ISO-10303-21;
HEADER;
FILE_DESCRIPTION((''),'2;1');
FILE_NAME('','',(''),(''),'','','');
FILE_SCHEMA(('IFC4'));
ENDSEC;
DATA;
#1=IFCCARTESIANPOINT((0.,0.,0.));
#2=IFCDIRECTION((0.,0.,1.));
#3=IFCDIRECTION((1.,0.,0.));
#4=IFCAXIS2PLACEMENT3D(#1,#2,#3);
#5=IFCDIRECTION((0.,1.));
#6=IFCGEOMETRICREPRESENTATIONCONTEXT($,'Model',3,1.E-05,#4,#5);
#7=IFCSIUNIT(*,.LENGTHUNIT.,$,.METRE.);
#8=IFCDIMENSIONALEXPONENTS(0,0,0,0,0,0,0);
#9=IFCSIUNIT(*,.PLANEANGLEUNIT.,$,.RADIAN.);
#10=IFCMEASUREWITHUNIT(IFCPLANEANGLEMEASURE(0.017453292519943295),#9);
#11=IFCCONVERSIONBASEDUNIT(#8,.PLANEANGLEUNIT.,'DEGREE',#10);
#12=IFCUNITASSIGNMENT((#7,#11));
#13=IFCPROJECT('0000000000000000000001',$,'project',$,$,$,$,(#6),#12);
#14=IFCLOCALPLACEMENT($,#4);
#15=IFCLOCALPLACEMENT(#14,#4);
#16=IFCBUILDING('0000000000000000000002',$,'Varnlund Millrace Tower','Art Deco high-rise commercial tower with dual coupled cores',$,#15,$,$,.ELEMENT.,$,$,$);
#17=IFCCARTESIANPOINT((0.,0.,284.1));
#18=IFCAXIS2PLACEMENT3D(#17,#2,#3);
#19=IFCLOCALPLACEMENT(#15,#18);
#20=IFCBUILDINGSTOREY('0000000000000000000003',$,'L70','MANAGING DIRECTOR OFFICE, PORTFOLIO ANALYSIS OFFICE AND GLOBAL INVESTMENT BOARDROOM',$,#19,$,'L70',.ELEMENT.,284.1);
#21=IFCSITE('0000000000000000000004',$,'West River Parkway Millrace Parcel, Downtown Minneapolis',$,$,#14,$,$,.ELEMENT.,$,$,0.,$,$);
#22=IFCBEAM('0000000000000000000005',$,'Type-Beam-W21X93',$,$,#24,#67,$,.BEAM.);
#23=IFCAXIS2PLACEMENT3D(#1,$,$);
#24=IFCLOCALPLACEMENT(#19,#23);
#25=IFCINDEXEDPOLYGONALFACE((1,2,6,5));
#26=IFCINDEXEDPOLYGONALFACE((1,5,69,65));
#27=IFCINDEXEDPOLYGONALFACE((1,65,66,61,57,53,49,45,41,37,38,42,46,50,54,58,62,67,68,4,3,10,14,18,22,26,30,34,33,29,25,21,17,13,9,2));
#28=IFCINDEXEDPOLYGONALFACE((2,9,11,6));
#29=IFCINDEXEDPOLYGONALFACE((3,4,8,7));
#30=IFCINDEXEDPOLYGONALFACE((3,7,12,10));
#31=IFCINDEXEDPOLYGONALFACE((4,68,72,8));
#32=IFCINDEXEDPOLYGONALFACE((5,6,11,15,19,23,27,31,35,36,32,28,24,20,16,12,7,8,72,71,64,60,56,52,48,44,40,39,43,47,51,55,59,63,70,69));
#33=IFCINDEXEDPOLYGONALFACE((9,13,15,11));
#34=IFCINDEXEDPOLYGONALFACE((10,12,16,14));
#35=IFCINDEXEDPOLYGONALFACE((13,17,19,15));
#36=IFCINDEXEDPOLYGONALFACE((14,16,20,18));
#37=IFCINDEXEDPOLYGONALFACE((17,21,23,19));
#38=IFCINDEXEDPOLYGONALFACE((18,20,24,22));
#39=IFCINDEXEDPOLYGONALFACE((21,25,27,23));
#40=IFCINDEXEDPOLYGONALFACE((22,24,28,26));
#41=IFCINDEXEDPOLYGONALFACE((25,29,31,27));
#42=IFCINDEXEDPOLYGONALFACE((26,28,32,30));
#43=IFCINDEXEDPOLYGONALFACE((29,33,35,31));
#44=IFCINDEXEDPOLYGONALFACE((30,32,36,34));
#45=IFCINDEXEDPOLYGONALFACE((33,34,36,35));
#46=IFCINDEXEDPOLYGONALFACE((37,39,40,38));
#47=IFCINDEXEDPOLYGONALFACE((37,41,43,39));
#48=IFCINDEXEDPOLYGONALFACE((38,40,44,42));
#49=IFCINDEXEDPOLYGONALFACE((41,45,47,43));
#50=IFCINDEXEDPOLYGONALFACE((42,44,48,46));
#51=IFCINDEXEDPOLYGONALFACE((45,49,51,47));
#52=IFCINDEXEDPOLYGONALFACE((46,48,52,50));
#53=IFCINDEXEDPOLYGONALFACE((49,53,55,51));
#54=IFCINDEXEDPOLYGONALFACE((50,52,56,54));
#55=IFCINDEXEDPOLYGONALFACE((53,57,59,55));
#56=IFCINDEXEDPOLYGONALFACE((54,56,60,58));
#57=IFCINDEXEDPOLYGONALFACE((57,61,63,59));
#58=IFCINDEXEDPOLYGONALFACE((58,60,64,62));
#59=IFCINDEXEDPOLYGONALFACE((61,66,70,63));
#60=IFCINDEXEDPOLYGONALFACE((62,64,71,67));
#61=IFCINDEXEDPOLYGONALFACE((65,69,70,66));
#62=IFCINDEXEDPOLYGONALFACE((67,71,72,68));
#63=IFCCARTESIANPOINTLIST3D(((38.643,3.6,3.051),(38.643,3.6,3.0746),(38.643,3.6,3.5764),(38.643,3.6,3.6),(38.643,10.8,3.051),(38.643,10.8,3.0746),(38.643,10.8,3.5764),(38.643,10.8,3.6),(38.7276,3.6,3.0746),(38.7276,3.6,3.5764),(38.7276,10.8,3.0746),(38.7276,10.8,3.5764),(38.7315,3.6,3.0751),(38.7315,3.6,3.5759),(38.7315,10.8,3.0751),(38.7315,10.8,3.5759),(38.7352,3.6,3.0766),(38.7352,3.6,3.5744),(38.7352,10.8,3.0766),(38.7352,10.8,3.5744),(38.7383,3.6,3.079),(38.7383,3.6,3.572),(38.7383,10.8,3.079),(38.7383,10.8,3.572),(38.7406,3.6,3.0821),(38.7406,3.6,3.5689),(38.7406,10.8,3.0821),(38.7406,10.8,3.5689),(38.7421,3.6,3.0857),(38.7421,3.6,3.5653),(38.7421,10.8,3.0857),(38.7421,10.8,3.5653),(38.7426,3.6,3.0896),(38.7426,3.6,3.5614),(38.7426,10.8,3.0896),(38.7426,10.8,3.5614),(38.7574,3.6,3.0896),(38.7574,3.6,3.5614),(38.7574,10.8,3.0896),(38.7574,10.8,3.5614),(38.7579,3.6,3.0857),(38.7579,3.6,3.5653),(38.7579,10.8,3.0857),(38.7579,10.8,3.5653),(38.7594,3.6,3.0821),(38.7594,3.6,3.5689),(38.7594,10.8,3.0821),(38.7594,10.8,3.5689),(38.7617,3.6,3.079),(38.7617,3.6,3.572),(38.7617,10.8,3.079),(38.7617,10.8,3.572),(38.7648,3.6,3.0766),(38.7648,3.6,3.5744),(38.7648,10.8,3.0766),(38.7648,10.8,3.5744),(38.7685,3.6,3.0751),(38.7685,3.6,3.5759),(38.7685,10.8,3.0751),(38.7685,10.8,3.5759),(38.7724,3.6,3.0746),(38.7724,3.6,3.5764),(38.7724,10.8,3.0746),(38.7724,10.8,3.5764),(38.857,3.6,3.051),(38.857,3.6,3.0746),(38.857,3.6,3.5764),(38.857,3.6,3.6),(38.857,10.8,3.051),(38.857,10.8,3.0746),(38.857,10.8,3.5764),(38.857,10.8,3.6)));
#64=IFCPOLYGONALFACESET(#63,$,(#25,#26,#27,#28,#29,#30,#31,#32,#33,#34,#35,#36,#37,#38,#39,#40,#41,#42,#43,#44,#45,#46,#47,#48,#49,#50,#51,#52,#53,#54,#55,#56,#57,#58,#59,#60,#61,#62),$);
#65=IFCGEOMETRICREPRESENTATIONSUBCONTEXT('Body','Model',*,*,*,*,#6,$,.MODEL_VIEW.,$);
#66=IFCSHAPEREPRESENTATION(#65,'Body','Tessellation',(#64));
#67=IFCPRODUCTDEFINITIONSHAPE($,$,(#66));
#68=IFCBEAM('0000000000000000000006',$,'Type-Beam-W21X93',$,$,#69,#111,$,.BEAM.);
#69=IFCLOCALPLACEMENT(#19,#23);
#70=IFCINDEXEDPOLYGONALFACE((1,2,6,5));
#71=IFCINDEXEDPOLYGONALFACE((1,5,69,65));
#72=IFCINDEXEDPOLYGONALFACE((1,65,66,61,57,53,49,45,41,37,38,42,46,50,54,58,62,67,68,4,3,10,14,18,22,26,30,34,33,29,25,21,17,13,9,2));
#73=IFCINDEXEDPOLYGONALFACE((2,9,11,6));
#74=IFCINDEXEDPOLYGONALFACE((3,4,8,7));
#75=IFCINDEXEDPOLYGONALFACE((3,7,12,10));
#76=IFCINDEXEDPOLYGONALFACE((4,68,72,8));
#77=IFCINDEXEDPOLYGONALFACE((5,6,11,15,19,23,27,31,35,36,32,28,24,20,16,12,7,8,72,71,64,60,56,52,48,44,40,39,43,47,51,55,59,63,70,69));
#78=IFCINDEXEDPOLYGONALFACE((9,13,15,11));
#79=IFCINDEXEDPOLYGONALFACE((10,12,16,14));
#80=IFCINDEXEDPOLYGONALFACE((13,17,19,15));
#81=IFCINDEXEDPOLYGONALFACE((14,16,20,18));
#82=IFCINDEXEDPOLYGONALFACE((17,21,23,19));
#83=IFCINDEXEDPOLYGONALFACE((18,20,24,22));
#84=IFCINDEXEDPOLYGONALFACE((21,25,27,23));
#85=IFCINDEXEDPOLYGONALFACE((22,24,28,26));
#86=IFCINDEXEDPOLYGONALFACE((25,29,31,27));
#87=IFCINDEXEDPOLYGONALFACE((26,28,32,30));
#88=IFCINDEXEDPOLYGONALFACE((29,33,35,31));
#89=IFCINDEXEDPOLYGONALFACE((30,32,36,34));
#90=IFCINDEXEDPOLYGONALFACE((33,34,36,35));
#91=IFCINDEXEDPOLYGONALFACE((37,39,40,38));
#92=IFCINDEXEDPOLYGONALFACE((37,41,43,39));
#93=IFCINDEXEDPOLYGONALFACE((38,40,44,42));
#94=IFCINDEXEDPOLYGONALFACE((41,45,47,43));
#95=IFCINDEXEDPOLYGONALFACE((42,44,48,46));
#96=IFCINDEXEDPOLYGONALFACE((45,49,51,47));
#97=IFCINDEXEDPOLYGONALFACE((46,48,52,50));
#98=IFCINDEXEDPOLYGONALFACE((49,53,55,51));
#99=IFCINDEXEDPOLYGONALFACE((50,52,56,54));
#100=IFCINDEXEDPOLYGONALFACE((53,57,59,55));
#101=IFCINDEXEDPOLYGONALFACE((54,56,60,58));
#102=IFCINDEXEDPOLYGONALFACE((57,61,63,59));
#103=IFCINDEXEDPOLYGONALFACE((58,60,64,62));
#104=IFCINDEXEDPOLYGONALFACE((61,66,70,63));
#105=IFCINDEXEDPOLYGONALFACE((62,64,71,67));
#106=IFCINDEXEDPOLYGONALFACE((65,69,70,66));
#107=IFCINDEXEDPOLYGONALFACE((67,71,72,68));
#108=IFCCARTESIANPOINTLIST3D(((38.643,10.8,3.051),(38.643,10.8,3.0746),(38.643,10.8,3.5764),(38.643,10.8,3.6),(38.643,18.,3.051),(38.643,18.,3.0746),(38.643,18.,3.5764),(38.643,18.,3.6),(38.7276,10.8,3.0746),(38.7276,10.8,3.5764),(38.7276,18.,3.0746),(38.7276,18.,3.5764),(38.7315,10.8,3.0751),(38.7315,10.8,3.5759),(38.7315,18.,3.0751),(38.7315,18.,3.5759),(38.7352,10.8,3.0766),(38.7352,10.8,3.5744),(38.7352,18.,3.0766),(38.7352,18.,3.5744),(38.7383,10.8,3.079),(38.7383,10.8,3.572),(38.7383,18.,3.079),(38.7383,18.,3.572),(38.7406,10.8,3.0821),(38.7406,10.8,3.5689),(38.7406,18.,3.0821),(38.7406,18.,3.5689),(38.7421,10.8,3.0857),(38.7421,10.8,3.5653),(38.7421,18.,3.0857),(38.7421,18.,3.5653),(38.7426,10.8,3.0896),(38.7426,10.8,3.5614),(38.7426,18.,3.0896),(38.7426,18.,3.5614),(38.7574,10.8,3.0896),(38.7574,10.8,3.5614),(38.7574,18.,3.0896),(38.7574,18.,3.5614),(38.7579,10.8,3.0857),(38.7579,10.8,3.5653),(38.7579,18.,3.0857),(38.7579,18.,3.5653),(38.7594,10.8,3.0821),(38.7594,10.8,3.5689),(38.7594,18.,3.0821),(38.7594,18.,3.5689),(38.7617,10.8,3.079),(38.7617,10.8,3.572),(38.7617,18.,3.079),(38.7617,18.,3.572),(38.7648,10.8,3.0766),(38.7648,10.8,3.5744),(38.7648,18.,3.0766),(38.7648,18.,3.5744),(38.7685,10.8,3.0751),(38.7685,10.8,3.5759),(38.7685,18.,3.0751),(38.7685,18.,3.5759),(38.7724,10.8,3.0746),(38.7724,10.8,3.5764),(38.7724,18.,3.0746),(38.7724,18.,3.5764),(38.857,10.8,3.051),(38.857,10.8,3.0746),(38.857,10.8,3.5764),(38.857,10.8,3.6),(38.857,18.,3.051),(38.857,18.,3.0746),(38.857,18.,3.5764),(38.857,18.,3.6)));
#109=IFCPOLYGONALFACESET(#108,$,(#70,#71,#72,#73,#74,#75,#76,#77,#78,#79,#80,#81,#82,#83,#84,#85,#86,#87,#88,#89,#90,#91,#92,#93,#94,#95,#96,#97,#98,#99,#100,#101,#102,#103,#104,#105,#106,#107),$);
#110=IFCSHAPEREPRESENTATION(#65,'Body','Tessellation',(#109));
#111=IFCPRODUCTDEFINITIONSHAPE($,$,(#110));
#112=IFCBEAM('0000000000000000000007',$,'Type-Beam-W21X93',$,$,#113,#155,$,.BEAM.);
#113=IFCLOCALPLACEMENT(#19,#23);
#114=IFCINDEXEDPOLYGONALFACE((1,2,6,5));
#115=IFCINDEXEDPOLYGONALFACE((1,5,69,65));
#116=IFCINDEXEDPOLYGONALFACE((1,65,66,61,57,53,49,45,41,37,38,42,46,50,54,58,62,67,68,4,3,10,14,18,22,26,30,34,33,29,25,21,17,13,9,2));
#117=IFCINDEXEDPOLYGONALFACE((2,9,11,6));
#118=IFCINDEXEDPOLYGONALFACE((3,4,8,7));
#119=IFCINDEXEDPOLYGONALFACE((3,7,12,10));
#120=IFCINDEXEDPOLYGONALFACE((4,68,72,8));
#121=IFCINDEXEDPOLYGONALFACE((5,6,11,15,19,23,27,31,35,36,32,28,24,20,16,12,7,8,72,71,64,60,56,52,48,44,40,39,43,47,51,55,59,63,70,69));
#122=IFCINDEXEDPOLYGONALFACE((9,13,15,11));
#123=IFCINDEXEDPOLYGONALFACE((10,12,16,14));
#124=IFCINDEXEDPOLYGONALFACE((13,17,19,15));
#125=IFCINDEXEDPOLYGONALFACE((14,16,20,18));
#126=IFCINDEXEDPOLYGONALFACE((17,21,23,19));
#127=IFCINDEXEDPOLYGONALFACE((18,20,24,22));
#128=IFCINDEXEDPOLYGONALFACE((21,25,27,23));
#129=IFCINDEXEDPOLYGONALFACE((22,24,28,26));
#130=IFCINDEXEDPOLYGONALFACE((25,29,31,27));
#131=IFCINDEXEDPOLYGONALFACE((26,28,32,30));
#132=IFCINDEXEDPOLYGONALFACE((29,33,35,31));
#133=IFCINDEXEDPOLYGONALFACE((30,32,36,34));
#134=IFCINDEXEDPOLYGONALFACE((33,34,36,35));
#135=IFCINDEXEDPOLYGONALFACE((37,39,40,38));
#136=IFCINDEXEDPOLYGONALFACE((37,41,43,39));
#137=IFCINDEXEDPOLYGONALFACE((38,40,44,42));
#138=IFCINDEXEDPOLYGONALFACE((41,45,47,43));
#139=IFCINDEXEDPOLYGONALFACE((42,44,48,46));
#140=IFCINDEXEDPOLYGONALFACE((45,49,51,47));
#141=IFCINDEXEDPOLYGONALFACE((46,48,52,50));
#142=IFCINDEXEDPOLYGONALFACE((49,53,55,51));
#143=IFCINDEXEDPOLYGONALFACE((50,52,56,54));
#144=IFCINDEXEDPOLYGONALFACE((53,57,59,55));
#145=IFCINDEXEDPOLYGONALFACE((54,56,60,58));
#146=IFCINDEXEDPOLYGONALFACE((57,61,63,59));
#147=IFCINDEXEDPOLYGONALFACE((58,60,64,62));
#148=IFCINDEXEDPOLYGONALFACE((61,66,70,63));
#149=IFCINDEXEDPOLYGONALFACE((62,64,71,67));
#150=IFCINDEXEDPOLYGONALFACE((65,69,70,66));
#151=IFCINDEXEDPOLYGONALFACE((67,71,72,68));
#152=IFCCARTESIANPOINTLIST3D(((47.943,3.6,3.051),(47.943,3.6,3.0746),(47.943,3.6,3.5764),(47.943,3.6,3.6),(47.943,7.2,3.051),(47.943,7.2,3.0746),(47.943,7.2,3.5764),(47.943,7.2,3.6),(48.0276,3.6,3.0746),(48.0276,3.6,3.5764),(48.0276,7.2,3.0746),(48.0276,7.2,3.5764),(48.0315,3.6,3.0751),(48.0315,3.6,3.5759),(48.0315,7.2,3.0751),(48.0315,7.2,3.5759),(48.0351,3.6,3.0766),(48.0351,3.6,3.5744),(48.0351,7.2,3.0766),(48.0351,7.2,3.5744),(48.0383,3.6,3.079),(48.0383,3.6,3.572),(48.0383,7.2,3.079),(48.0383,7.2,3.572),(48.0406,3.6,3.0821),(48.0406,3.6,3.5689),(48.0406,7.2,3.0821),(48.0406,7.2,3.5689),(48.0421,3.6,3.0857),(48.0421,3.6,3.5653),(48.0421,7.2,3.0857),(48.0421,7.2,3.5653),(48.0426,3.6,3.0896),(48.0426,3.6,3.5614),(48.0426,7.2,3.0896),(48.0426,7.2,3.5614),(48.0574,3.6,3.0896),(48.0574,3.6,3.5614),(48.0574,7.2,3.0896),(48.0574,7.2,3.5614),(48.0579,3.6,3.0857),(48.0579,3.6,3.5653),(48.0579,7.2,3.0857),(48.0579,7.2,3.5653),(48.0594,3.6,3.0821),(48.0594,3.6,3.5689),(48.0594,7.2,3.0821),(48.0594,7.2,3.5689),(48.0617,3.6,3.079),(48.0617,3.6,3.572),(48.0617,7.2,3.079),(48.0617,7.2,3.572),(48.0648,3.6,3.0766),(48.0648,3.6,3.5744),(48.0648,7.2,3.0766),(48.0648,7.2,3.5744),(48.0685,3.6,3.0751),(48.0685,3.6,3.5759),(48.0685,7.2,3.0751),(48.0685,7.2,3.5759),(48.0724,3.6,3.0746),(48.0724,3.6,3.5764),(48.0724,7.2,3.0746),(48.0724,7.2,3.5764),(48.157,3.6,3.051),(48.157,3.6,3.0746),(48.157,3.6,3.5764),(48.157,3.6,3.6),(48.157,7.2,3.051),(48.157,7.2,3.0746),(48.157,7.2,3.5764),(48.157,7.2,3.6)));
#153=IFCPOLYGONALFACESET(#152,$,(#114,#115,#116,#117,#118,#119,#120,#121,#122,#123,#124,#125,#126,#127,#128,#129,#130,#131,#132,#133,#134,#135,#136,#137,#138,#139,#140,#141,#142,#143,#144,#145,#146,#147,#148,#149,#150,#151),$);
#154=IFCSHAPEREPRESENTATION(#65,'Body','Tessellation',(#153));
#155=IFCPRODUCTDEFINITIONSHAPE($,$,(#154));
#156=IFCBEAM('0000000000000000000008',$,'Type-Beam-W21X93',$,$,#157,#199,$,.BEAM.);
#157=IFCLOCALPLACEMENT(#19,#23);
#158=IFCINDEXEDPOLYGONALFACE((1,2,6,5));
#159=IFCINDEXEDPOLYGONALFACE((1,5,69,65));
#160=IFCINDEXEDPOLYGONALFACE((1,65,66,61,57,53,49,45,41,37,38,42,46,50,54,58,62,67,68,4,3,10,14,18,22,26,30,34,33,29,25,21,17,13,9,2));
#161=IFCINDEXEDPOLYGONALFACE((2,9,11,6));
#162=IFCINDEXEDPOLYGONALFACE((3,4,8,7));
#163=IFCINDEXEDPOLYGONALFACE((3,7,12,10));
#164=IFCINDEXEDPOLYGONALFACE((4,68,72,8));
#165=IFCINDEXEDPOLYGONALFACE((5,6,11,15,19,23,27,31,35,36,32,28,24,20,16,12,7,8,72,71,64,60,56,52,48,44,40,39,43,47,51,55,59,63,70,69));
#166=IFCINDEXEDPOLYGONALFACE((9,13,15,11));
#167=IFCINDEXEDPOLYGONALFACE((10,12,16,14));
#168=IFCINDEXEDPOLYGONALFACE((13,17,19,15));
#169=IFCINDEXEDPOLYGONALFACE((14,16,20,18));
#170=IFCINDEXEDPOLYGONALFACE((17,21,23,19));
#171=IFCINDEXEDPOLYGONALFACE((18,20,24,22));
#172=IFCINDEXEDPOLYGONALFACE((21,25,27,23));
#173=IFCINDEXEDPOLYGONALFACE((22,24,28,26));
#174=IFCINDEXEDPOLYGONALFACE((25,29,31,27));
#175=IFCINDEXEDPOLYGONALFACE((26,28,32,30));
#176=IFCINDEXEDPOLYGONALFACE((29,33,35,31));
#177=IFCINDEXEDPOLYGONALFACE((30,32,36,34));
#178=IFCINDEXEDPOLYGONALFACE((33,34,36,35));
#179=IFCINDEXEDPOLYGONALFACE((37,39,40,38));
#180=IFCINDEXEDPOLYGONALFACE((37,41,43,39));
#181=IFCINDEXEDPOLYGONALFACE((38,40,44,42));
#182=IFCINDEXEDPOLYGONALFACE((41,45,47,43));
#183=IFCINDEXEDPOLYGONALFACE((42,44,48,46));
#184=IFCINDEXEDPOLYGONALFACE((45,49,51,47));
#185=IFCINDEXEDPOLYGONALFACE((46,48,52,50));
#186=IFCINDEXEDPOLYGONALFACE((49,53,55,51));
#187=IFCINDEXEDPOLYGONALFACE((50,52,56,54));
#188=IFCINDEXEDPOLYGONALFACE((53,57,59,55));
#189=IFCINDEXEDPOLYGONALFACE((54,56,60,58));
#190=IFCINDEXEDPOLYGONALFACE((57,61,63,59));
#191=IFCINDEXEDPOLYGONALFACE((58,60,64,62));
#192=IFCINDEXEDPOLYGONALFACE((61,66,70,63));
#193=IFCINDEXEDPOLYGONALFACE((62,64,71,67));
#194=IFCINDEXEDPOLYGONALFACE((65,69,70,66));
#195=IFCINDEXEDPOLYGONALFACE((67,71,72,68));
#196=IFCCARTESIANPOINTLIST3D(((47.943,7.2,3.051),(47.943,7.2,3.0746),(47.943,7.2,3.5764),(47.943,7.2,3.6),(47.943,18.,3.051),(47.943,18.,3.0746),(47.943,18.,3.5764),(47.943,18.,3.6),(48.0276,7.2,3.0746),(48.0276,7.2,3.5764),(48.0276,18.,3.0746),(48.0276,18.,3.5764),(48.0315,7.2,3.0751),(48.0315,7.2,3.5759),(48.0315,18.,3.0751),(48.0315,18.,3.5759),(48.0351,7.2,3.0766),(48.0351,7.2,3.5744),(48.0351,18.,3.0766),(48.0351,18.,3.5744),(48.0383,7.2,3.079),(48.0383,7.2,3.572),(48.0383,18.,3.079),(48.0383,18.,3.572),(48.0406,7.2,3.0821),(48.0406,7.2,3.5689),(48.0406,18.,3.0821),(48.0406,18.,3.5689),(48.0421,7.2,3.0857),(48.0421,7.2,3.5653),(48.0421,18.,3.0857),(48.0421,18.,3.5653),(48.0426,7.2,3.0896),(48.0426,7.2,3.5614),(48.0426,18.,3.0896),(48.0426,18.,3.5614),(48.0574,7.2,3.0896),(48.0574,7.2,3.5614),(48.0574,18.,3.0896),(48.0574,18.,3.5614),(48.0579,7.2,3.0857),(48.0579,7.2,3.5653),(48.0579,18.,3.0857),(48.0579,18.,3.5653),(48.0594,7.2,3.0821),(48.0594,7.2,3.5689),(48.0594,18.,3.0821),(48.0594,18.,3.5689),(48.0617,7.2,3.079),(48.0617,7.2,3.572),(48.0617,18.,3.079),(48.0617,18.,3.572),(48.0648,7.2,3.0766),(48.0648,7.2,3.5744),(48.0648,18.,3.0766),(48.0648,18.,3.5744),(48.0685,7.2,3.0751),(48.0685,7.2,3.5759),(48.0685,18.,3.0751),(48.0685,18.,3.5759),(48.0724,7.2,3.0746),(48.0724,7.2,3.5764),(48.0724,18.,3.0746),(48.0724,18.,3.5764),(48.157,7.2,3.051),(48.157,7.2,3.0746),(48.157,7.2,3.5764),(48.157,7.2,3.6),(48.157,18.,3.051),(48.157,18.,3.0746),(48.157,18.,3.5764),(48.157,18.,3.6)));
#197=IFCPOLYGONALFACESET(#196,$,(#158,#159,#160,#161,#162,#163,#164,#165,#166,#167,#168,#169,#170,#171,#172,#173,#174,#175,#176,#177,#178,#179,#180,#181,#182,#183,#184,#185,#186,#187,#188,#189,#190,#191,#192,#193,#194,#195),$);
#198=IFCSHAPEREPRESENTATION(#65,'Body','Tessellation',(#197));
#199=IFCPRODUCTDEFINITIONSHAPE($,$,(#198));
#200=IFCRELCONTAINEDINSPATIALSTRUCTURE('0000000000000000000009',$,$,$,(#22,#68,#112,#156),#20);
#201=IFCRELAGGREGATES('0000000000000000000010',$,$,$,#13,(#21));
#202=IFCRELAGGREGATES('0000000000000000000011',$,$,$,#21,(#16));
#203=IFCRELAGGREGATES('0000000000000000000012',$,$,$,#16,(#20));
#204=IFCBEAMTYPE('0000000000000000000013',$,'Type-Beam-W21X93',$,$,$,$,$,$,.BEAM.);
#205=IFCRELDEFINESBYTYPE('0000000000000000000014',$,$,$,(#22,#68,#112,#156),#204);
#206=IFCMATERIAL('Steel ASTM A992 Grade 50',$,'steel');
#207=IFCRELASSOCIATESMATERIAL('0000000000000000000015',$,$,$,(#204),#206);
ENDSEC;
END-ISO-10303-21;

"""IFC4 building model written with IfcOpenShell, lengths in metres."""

from ifc_helpers import new_model, entity, si_unit, converted_unit, direction, frame, origin_with_axes, origin_2d_with_axis, place, context, subcontext, project, spatial, i_section, extrude, material, material_profile, profile_set, type_object, element, save


model = new_model("IFC4")

# Units and contexts
model_context = context("Model", 3, precision=1e-05, world=origin_with_axes(), true_north=direction((0.0, 1.0)))
body_context = subcontext(model_context, "Body", "Model", "MODEL_VIEW")
ifc_project = project(units=[si_unit("LENGTHUNIT", "METRE"), converted_unit("PLANEANGLEUNIT", "DEGREE", entity("IfcPlaneAngleMeasure", 0.017453292519943295), si_unit("PLANEANGLEUNIT", "RADIAN"), dimensions=[0, 0, 0, 0, 0, 0, 0])], contexts=[model_context])

# Site, building, storey
site_placement = place(None, origin_with_axes())
site = spatial("IfcSite", under=ifc_project, at=site_placement, Name="West River Parkway Millrace Parcel, Downtown Minneapolis", CompositionType="ELEMENT", RefElevation=0.0)
building_placement = place(site_placement, origin_with_axes())
building = spatial("IfcBuilding", under=site, at=building_placement, Name="Varnlund Millrace Tower", Description="Art Deco high-rise commercial tower with dual coupled cores", CompositionType="ELEMENT")
storey_placement = place(building_placement, frame((0.0, 0.0, 284.1), z_axis=(0.0, 0.0, 1.0), x_axis=(1.0, 0.0, 0.0)))
storey = spatial("IfcBuildingStorey", under=building, at=storey_placement, Name="L70", Description="MANAGING DIRECTOR OFFICE, PORTFOLIO ANALYSIS OFFICE AND GLOBAL INVESTMENT BOARDROOM", LongName="L70", CompositionType="ELEMENT", Elevation=284.1)

# Beams
ifc_material_1 = material(Name="Steel ASTM A992 Grade 50", Category="steel")
ifc_material_profile_1 = material_profile(ifc_material_1, i_section(OverallWidth=0.214, OverallDepth=0.549, WebThickness=0.0147, FlangeThickness=0.0236, FilletRadius=0.015, at=origin_2d_with_axis()), Name="Steel ASTM A992 Grade 50")
ifc_profile_set_1 = profile_set([ifc_material_profile_1], Name="Steel ASTM A992 Grade 50")
beam_type_1 = type_object("IfcBeamType", Name="Type-Beam-W21X93", PredefinedType="BEAM", material=ifc_profile_set_1)
for number, where, z_axis, x_axis, name in (
    (1, (38.75, 3.6, 3.3255), (0.0, 1.0, 0.0), (-1.0, 0.0, 0.0), "Type-Beam-W21X93"),
    (2, (38.75, 10.8, 3.3255), (0.0, 1.0, 0.0), (-1.0, 0.0, 0.0), "Type-Beam-W21X93"),
):
    element("IfcBeam", number, at=place(storey_placement, frame(where, z_axis=z_axis, x_axis=x_axis)), inside=storey, type_object=beam_type_1, Name=name, PredefinedType="BEAM", context=body_context, shape_type="SweptSolid", body=[
        extrude(i_section(OverallWidth=0.214, OverallDepth=0.549, WebThickness=0.0147, FlangeThickness=0.0236, FilletRadius=0.015, at=origin_2d_with_axis()), origin_with_axes(), (0.0, 0.0, 1.0), 7.2),
    ])
beam_1_placement = place(storey_placement, frame((48.05, 3.6, 3.3255), z_axis=(0.0, 1.0, 0.0), x_axis=(-1.0, 0.0, 0.0)))
element("IfcBeam", 3, at=beam_1_placement, inside=storey, type_object=beam_type_1, Name="Type-Beam-W21X93", PredefinedType="BEAM", context=body_context, shape_type="SweptSolid", body=[
    extrude(i_section(OverallWidth=0.214, OverallDepth=0.549, WebThickness=0.0147, FlangeThickness=0.0236, FilletRadius=0.015, at=origin_2d_with_axis()), origin_with_axes(), (0.0, 0.0, 1.0), 3.6),
])
beam_2_placement = place(storey_placement, frame((48.05, 7.2, 3.3255), z_axis=(0.0, 1.0, 0.0), x_axis=(-1.0, 0.0, 0.0)))
element("IfcBeam", 4, at=beam_2_placement, inside=storey, type_object=beam_type_1, Name="Type-Beam-W21X93", PredefinedType="BEAM", context=body_context, shape_type="SweptSolid", body=[
    extrude(i_section(OverallWidth=0.214, OverallDepth=0.549, WebThickness=0.0147, FlangeThickness=0.0236, FilletRadius=0.015, at=origin_2d_with_axis()), origin_with_axes(), (0.0, 0.0, 1.0), 10.8),
])

save(model, "model.ifc")
